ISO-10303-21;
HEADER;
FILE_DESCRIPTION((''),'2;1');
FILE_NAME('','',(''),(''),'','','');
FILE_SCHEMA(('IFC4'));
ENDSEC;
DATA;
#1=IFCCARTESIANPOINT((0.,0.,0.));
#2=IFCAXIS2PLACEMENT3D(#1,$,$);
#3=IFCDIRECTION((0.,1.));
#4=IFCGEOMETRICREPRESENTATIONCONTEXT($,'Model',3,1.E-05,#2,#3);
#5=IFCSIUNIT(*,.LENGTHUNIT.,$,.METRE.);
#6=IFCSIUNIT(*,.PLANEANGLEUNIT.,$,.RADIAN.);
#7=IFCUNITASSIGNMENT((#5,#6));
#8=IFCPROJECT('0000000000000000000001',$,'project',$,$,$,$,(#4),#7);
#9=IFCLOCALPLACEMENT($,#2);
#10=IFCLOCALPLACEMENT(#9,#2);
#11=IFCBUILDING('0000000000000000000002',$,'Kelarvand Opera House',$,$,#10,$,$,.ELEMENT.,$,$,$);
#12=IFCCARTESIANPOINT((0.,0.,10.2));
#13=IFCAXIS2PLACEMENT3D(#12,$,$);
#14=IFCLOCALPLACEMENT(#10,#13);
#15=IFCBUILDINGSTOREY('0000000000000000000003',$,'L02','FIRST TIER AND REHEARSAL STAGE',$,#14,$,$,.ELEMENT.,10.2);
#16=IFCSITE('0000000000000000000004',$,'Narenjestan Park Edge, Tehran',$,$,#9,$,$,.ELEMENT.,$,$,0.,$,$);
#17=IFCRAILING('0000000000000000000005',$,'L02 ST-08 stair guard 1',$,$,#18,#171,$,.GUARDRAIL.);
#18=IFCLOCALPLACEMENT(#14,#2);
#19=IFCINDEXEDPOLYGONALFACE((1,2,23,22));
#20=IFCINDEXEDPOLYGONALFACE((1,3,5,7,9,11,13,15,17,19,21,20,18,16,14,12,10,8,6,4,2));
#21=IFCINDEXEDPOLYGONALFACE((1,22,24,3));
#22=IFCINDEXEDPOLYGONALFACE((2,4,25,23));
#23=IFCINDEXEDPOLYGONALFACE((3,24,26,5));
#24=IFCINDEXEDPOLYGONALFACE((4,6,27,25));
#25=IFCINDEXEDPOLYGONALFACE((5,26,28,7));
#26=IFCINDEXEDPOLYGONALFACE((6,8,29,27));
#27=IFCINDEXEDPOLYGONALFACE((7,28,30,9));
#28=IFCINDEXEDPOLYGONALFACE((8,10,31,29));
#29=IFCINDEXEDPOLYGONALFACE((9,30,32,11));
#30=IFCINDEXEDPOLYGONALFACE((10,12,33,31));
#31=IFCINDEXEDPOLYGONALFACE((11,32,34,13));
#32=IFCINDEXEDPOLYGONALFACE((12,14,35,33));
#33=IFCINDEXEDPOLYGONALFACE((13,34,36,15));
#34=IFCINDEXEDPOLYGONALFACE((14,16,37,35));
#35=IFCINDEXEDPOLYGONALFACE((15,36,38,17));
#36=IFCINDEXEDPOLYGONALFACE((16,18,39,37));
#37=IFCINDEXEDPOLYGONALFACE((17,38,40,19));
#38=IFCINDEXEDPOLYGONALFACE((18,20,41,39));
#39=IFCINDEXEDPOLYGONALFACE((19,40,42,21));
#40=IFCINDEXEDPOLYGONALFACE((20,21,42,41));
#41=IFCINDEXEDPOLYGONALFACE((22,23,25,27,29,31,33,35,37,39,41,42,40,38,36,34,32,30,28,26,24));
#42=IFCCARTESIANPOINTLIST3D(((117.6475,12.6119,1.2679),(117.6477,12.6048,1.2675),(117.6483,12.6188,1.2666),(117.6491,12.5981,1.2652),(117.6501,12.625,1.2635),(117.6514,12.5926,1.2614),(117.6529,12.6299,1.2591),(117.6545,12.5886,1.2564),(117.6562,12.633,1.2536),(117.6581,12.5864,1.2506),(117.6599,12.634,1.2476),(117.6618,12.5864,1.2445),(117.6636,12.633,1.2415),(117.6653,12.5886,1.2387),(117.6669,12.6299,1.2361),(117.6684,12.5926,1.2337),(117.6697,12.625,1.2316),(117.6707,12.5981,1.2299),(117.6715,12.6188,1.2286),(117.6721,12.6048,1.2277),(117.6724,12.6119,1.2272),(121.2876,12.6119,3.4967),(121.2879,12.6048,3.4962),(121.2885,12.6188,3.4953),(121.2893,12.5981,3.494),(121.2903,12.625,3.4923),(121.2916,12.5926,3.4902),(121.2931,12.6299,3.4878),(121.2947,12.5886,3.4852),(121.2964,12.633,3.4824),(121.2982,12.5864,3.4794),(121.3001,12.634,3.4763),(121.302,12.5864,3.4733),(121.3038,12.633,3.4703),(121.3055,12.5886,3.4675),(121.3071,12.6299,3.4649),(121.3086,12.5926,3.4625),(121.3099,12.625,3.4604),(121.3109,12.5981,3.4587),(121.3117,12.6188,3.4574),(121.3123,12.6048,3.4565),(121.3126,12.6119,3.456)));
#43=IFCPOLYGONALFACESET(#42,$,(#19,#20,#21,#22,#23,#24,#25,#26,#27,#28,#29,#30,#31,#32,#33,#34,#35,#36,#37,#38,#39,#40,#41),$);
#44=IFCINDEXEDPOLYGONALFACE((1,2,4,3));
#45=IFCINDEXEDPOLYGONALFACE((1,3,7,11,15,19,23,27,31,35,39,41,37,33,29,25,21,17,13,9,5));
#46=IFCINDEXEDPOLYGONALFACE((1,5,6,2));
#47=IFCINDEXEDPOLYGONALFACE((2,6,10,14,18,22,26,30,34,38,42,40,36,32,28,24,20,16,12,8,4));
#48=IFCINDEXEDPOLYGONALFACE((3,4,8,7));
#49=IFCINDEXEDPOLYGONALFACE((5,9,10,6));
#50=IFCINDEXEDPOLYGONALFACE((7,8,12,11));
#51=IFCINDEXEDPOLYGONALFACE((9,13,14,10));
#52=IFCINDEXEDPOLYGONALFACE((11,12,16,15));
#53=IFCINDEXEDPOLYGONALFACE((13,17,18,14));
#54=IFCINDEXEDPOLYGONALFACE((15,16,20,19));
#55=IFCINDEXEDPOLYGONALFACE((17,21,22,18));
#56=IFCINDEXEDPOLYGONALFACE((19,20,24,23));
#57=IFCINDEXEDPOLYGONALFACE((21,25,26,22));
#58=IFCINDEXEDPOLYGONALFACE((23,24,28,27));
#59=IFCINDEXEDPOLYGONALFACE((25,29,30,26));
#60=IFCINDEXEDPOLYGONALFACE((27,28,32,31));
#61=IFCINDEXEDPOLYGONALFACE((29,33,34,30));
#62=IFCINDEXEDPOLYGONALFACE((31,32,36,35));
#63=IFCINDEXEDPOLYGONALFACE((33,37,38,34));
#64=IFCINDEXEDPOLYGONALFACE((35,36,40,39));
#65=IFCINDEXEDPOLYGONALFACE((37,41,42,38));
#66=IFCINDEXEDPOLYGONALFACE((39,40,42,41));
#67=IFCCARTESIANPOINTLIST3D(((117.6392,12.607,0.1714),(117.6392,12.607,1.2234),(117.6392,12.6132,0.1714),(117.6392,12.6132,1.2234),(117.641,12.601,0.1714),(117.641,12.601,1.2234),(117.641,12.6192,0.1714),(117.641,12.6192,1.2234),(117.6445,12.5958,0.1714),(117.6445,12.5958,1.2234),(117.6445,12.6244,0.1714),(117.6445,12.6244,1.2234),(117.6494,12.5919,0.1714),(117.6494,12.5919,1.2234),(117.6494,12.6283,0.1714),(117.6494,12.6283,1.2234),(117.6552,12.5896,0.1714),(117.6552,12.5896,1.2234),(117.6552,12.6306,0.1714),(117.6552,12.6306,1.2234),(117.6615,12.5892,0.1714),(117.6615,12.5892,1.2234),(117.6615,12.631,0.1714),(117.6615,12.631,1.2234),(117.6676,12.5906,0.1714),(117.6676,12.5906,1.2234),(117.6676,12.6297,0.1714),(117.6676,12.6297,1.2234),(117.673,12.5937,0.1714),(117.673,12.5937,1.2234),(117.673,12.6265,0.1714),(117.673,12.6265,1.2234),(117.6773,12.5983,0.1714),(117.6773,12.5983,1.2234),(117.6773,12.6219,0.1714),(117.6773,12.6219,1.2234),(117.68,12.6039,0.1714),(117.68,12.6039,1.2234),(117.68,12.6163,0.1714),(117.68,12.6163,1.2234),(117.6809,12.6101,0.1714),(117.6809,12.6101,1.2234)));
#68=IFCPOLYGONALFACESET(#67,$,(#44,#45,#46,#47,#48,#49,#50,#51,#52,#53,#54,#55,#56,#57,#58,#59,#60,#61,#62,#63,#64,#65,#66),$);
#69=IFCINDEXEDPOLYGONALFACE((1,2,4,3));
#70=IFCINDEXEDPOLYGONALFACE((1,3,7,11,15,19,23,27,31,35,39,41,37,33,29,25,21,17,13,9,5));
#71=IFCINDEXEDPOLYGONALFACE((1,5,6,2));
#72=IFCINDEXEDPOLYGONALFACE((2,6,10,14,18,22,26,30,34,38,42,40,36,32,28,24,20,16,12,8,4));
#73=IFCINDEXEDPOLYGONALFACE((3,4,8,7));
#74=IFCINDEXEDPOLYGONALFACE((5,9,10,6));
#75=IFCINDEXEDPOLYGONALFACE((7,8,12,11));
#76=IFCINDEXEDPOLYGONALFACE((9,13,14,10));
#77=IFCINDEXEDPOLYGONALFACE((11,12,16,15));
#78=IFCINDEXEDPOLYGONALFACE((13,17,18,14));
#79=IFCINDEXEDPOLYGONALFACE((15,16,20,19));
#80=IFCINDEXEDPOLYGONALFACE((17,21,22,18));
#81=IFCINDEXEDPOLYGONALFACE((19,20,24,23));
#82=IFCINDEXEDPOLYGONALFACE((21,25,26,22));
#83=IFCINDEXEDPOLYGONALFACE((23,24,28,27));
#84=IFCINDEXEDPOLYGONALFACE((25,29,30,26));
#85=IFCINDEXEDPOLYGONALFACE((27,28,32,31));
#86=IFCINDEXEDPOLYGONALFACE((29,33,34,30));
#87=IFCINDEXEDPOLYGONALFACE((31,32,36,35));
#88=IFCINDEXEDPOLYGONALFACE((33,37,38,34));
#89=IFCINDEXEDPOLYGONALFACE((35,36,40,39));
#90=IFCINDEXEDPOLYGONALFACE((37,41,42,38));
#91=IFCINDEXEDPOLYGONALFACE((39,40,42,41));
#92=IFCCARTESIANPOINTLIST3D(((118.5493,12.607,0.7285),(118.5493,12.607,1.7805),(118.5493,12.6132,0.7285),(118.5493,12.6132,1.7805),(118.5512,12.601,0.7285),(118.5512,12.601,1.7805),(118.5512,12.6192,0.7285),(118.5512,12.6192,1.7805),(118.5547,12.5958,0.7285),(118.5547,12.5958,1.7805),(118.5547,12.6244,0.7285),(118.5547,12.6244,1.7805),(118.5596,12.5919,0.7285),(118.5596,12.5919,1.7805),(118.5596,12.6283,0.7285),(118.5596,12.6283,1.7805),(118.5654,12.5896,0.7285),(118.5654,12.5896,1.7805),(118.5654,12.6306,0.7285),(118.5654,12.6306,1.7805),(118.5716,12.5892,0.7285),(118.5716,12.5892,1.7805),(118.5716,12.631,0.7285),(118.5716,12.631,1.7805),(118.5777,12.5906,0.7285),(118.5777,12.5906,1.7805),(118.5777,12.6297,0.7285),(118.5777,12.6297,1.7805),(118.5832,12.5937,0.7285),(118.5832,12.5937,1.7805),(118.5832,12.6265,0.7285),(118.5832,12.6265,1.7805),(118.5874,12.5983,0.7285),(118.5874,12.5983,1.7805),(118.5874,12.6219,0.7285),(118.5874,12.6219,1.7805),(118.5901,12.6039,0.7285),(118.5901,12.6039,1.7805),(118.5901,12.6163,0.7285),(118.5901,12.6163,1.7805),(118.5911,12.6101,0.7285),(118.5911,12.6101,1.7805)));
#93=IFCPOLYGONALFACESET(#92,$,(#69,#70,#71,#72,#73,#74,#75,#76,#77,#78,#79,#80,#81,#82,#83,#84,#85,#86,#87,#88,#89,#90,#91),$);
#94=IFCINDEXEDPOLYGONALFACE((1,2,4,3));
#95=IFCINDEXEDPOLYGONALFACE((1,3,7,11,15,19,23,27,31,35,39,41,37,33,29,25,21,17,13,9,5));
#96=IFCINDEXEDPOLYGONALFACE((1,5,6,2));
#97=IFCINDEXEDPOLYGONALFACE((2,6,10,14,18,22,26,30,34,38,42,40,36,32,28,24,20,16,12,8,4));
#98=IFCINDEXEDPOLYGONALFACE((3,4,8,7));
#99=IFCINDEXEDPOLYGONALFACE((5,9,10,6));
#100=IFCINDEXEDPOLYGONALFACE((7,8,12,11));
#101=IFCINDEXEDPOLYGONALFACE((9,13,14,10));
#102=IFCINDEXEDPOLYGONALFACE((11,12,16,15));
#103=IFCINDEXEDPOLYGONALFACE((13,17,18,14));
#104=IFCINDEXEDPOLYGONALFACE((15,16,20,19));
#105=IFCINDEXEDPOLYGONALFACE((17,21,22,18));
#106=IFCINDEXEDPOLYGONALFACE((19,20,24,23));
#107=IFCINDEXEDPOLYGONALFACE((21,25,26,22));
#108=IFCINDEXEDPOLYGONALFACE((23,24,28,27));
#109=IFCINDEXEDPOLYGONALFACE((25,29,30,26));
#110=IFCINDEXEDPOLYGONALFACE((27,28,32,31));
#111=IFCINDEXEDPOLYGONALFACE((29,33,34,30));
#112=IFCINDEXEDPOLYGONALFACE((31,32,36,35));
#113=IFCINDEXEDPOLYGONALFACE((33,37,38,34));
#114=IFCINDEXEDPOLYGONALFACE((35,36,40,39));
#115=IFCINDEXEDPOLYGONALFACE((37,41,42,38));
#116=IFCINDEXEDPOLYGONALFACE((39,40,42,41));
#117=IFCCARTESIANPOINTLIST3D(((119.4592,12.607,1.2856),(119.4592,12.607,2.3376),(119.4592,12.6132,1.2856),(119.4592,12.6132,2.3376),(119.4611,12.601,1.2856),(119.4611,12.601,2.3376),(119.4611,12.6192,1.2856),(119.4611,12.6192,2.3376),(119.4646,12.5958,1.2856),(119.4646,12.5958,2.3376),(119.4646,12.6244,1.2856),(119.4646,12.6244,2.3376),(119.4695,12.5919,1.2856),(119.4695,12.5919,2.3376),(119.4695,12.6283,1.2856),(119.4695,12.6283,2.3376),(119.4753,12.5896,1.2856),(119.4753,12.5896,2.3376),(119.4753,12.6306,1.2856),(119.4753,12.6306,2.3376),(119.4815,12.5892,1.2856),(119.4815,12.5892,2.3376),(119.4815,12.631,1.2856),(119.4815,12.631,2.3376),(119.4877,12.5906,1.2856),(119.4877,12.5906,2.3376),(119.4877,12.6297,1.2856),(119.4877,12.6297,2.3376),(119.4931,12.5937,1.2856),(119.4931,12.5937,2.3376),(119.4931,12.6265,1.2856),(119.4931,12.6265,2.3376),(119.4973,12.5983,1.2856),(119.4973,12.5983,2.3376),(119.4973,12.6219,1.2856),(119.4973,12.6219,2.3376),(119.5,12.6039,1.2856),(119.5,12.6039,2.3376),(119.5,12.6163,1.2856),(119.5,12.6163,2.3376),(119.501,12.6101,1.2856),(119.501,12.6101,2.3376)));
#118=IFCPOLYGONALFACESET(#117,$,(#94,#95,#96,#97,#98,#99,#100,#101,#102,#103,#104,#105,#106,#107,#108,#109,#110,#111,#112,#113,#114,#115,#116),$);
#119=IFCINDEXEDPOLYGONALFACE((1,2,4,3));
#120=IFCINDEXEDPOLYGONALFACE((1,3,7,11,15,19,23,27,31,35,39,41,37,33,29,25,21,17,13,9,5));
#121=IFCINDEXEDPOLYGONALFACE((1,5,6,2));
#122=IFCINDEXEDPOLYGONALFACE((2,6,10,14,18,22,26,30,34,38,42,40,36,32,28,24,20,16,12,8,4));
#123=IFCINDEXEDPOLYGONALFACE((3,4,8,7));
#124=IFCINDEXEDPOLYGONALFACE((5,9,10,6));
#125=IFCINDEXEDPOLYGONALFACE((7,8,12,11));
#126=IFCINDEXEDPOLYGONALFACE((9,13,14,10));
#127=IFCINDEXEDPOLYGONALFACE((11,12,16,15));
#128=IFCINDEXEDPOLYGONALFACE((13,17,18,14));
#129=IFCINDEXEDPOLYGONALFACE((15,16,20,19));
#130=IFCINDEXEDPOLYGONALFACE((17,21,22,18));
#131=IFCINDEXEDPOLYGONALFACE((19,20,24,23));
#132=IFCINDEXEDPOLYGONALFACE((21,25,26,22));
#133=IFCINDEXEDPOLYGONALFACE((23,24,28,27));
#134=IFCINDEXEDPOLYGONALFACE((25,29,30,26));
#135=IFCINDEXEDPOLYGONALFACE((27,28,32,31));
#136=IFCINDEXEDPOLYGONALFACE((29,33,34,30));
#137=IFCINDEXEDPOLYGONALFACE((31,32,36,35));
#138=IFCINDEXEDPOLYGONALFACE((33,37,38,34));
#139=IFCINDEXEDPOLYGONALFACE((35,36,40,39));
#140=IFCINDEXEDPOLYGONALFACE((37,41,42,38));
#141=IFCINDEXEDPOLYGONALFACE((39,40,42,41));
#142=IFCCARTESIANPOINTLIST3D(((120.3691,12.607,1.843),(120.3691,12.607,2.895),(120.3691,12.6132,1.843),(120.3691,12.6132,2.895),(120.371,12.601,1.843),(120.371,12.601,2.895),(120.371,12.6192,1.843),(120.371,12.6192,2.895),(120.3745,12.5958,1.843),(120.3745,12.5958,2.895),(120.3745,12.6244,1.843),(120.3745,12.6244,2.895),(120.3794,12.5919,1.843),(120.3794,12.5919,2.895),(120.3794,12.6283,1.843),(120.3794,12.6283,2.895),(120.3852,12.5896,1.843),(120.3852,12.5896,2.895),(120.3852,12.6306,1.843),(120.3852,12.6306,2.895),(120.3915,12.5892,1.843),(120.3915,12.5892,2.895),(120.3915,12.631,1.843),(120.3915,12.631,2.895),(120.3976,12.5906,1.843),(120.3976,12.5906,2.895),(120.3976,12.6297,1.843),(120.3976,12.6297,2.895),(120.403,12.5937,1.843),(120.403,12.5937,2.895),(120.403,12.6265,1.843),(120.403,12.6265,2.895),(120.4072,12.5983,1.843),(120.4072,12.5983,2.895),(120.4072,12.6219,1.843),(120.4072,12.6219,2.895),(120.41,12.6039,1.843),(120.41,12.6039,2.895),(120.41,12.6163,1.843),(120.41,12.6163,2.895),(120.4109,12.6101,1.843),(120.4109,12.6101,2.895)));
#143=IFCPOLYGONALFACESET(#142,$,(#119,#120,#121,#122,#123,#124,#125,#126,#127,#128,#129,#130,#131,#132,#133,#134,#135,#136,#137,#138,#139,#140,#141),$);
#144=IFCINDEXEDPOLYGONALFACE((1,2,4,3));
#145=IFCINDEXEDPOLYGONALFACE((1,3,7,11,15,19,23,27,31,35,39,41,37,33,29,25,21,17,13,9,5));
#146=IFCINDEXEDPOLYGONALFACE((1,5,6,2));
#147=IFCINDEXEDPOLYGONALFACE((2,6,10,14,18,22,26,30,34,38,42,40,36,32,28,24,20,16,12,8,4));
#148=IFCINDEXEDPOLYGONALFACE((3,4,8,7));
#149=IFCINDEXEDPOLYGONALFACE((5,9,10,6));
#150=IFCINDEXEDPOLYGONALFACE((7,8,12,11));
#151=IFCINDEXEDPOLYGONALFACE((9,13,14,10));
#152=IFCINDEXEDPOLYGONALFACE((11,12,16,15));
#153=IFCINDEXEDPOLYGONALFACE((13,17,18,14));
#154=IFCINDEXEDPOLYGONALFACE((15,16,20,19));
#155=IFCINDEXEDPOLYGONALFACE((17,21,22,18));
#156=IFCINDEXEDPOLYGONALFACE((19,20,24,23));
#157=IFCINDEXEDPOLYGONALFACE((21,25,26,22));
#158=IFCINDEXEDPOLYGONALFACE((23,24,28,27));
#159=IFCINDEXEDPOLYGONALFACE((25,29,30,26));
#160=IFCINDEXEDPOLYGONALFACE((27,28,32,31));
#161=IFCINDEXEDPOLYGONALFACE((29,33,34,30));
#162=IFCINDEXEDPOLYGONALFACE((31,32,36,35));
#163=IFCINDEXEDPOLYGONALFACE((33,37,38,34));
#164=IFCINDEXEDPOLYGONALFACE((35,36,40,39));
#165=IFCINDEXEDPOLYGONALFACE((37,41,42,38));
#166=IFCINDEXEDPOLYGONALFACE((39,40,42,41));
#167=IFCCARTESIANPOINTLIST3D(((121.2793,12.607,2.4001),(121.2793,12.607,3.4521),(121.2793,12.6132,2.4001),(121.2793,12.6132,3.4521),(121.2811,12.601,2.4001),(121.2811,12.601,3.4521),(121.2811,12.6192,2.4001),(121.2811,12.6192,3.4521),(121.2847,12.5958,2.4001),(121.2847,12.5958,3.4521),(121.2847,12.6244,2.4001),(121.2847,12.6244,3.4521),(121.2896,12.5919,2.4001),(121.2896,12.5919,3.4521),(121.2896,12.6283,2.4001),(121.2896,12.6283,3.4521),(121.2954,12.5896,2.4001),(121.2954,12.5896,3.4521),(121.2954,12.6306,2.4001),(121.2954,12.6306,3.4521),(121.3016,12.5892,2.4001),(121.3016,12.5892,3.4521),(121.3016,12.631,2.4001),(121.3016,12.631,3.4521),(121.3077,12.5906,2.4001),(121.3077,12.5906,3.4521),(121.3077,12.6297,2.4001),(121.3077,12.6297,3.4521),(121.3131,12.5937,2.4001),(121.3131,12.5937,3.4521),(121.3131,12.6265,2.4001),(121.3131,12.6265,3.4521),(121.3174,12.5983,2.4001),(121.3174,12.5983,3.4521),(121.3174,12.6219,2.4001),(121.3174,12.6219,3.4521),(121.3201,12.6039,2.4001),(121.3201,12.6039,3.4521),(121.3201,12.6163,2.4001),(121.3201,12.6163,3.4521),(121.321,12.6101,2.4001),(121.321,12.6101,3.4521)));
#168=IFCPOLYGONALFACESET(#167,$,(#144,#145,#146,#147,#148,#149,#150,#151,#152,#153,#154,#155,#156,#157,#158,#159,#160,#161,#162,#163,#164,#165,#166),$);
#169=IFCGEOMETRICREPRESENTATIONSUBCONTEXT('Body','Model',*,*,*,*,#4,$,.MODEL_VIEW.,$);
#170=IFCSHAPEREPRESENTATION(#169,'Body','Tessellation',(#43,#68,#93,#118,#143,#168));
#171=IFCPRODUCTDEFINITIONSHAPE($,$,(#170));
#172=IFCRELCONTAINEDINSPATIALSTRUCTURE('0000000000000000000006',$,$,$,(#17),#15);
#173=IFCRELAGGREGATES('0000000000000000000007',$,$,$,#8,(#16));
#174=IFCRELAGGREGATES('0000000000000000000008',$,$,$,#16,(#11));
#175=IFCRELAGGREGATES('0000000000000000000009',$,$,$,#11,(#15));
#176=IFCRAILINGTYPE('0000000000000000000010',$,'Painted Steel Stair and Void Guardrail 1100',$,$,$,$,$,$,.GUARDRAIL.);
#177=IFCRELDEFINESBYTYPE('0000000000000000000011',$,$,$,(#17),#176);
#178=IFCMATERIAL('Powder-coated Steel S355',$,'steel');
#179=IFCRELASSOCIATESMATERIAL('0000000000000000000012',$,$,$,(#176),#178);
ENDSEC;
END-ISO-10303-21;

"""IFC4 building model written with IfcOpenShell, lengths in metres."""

from ifc_helpers import new_model, si_unit, direction, frame, origin, origin_2d, place, context, subcontext, project, spatial, circle, extrude, material, type_object, element, save


model = new_model("IFC4")

# Units and contexts
model_context = context("Model", 3, precision=1e-05, world=origin(), true_north=direction((0.0, 1.0)))
body_context = subcontext(model_context, "Body", "Model", "MODEL_VIEW")
ifc_project = project(units=[si_unit("LENGTHUNIT", "METRE"), si_unit("PLANEANGLEUNIT", "RADIAN")], contexts=[model_context])

# Site, building, storey
site_placement = place(None, origin())
site = spatial("IfcSite", under=ifc_project, at=site_placement, Name="Narenjestan Park Edge, Tehran", CompositionType="ELEMENT", RefElevation=0.0)
building_placement = place(site_placement, origin())
building = spatial("IfcBuilding", under=site, at=building_placement, Name="Kelarvand Opera House", CompositionType="ELEMENT")
storey_placement = place(building_placement, frame((0.0, 0.0, 10.2)))
storey = spatial("IfcBuildingStorey", under=building, at=storey_placement, Name="L02", Description="FIRST TIER AND REHEARSAL STAGE", CompositionType="ELEMENT", Elevation=10.2)

# Railing
ifc_material_1 = material(Name="Powder-coated Steel S355", Category="steel")
railing_type_1 = type_object("IfcRailingType", Name="Painted Steel Stair and Void Guardrail 1100", PredefinedType="GUARDRAIL", material=ifc_material_1)
railing_1_placement = place(storey_placement, frame((117.6599, 12.6101, 0.1714)))
element("IfcRailing", 1, at=railing_1_placement, inside=storey, type_object=railing_type_1, Name="L02 ST-08 stair guard 1", PredefinedType="GUARDRAIL", context=body_context, shape_type="SweptSolid", body=[
    extrude(circle(Radius=0.0239, at=origin_2d()), frame((0.0, 0.0, 1.0762), z_axis=(0.85284, 0.0, 0.522172), x_axis=(0.0, 1.0, 0.0)), (0.0, 0.0, 1.0), 4.2683),
    extrude(circle(Radius=0.021, at=origin_2d()), origin(), (0.0, 0.0, 1.0), 1.052),
    extrude(circle(Radius=0.021, at=origin_2d()), frame((0.9102, 0.0, 0.5571)), (0.0, 0.0, 1.0), 1.052),
    extrude(circle(Radius=0.021, at=origin_2d()), frame((1.8201, 0.0, 1.1143)), (0.0, 0.0, 1.0), 1.052),
    extrude(circle(Radius=0.021, at=origin_2d()), frame((2.73, 0.0, 1.6716)), (0.0, 0.0, 1.0), 1.052),
    extrude(circle(Radius=0.021, at=origin_2d()), frame((3.6401, 0.0, 2.2288)), (0.0, 0.0, 1.0), 1.052),
])

save(model, "model.ifc")
